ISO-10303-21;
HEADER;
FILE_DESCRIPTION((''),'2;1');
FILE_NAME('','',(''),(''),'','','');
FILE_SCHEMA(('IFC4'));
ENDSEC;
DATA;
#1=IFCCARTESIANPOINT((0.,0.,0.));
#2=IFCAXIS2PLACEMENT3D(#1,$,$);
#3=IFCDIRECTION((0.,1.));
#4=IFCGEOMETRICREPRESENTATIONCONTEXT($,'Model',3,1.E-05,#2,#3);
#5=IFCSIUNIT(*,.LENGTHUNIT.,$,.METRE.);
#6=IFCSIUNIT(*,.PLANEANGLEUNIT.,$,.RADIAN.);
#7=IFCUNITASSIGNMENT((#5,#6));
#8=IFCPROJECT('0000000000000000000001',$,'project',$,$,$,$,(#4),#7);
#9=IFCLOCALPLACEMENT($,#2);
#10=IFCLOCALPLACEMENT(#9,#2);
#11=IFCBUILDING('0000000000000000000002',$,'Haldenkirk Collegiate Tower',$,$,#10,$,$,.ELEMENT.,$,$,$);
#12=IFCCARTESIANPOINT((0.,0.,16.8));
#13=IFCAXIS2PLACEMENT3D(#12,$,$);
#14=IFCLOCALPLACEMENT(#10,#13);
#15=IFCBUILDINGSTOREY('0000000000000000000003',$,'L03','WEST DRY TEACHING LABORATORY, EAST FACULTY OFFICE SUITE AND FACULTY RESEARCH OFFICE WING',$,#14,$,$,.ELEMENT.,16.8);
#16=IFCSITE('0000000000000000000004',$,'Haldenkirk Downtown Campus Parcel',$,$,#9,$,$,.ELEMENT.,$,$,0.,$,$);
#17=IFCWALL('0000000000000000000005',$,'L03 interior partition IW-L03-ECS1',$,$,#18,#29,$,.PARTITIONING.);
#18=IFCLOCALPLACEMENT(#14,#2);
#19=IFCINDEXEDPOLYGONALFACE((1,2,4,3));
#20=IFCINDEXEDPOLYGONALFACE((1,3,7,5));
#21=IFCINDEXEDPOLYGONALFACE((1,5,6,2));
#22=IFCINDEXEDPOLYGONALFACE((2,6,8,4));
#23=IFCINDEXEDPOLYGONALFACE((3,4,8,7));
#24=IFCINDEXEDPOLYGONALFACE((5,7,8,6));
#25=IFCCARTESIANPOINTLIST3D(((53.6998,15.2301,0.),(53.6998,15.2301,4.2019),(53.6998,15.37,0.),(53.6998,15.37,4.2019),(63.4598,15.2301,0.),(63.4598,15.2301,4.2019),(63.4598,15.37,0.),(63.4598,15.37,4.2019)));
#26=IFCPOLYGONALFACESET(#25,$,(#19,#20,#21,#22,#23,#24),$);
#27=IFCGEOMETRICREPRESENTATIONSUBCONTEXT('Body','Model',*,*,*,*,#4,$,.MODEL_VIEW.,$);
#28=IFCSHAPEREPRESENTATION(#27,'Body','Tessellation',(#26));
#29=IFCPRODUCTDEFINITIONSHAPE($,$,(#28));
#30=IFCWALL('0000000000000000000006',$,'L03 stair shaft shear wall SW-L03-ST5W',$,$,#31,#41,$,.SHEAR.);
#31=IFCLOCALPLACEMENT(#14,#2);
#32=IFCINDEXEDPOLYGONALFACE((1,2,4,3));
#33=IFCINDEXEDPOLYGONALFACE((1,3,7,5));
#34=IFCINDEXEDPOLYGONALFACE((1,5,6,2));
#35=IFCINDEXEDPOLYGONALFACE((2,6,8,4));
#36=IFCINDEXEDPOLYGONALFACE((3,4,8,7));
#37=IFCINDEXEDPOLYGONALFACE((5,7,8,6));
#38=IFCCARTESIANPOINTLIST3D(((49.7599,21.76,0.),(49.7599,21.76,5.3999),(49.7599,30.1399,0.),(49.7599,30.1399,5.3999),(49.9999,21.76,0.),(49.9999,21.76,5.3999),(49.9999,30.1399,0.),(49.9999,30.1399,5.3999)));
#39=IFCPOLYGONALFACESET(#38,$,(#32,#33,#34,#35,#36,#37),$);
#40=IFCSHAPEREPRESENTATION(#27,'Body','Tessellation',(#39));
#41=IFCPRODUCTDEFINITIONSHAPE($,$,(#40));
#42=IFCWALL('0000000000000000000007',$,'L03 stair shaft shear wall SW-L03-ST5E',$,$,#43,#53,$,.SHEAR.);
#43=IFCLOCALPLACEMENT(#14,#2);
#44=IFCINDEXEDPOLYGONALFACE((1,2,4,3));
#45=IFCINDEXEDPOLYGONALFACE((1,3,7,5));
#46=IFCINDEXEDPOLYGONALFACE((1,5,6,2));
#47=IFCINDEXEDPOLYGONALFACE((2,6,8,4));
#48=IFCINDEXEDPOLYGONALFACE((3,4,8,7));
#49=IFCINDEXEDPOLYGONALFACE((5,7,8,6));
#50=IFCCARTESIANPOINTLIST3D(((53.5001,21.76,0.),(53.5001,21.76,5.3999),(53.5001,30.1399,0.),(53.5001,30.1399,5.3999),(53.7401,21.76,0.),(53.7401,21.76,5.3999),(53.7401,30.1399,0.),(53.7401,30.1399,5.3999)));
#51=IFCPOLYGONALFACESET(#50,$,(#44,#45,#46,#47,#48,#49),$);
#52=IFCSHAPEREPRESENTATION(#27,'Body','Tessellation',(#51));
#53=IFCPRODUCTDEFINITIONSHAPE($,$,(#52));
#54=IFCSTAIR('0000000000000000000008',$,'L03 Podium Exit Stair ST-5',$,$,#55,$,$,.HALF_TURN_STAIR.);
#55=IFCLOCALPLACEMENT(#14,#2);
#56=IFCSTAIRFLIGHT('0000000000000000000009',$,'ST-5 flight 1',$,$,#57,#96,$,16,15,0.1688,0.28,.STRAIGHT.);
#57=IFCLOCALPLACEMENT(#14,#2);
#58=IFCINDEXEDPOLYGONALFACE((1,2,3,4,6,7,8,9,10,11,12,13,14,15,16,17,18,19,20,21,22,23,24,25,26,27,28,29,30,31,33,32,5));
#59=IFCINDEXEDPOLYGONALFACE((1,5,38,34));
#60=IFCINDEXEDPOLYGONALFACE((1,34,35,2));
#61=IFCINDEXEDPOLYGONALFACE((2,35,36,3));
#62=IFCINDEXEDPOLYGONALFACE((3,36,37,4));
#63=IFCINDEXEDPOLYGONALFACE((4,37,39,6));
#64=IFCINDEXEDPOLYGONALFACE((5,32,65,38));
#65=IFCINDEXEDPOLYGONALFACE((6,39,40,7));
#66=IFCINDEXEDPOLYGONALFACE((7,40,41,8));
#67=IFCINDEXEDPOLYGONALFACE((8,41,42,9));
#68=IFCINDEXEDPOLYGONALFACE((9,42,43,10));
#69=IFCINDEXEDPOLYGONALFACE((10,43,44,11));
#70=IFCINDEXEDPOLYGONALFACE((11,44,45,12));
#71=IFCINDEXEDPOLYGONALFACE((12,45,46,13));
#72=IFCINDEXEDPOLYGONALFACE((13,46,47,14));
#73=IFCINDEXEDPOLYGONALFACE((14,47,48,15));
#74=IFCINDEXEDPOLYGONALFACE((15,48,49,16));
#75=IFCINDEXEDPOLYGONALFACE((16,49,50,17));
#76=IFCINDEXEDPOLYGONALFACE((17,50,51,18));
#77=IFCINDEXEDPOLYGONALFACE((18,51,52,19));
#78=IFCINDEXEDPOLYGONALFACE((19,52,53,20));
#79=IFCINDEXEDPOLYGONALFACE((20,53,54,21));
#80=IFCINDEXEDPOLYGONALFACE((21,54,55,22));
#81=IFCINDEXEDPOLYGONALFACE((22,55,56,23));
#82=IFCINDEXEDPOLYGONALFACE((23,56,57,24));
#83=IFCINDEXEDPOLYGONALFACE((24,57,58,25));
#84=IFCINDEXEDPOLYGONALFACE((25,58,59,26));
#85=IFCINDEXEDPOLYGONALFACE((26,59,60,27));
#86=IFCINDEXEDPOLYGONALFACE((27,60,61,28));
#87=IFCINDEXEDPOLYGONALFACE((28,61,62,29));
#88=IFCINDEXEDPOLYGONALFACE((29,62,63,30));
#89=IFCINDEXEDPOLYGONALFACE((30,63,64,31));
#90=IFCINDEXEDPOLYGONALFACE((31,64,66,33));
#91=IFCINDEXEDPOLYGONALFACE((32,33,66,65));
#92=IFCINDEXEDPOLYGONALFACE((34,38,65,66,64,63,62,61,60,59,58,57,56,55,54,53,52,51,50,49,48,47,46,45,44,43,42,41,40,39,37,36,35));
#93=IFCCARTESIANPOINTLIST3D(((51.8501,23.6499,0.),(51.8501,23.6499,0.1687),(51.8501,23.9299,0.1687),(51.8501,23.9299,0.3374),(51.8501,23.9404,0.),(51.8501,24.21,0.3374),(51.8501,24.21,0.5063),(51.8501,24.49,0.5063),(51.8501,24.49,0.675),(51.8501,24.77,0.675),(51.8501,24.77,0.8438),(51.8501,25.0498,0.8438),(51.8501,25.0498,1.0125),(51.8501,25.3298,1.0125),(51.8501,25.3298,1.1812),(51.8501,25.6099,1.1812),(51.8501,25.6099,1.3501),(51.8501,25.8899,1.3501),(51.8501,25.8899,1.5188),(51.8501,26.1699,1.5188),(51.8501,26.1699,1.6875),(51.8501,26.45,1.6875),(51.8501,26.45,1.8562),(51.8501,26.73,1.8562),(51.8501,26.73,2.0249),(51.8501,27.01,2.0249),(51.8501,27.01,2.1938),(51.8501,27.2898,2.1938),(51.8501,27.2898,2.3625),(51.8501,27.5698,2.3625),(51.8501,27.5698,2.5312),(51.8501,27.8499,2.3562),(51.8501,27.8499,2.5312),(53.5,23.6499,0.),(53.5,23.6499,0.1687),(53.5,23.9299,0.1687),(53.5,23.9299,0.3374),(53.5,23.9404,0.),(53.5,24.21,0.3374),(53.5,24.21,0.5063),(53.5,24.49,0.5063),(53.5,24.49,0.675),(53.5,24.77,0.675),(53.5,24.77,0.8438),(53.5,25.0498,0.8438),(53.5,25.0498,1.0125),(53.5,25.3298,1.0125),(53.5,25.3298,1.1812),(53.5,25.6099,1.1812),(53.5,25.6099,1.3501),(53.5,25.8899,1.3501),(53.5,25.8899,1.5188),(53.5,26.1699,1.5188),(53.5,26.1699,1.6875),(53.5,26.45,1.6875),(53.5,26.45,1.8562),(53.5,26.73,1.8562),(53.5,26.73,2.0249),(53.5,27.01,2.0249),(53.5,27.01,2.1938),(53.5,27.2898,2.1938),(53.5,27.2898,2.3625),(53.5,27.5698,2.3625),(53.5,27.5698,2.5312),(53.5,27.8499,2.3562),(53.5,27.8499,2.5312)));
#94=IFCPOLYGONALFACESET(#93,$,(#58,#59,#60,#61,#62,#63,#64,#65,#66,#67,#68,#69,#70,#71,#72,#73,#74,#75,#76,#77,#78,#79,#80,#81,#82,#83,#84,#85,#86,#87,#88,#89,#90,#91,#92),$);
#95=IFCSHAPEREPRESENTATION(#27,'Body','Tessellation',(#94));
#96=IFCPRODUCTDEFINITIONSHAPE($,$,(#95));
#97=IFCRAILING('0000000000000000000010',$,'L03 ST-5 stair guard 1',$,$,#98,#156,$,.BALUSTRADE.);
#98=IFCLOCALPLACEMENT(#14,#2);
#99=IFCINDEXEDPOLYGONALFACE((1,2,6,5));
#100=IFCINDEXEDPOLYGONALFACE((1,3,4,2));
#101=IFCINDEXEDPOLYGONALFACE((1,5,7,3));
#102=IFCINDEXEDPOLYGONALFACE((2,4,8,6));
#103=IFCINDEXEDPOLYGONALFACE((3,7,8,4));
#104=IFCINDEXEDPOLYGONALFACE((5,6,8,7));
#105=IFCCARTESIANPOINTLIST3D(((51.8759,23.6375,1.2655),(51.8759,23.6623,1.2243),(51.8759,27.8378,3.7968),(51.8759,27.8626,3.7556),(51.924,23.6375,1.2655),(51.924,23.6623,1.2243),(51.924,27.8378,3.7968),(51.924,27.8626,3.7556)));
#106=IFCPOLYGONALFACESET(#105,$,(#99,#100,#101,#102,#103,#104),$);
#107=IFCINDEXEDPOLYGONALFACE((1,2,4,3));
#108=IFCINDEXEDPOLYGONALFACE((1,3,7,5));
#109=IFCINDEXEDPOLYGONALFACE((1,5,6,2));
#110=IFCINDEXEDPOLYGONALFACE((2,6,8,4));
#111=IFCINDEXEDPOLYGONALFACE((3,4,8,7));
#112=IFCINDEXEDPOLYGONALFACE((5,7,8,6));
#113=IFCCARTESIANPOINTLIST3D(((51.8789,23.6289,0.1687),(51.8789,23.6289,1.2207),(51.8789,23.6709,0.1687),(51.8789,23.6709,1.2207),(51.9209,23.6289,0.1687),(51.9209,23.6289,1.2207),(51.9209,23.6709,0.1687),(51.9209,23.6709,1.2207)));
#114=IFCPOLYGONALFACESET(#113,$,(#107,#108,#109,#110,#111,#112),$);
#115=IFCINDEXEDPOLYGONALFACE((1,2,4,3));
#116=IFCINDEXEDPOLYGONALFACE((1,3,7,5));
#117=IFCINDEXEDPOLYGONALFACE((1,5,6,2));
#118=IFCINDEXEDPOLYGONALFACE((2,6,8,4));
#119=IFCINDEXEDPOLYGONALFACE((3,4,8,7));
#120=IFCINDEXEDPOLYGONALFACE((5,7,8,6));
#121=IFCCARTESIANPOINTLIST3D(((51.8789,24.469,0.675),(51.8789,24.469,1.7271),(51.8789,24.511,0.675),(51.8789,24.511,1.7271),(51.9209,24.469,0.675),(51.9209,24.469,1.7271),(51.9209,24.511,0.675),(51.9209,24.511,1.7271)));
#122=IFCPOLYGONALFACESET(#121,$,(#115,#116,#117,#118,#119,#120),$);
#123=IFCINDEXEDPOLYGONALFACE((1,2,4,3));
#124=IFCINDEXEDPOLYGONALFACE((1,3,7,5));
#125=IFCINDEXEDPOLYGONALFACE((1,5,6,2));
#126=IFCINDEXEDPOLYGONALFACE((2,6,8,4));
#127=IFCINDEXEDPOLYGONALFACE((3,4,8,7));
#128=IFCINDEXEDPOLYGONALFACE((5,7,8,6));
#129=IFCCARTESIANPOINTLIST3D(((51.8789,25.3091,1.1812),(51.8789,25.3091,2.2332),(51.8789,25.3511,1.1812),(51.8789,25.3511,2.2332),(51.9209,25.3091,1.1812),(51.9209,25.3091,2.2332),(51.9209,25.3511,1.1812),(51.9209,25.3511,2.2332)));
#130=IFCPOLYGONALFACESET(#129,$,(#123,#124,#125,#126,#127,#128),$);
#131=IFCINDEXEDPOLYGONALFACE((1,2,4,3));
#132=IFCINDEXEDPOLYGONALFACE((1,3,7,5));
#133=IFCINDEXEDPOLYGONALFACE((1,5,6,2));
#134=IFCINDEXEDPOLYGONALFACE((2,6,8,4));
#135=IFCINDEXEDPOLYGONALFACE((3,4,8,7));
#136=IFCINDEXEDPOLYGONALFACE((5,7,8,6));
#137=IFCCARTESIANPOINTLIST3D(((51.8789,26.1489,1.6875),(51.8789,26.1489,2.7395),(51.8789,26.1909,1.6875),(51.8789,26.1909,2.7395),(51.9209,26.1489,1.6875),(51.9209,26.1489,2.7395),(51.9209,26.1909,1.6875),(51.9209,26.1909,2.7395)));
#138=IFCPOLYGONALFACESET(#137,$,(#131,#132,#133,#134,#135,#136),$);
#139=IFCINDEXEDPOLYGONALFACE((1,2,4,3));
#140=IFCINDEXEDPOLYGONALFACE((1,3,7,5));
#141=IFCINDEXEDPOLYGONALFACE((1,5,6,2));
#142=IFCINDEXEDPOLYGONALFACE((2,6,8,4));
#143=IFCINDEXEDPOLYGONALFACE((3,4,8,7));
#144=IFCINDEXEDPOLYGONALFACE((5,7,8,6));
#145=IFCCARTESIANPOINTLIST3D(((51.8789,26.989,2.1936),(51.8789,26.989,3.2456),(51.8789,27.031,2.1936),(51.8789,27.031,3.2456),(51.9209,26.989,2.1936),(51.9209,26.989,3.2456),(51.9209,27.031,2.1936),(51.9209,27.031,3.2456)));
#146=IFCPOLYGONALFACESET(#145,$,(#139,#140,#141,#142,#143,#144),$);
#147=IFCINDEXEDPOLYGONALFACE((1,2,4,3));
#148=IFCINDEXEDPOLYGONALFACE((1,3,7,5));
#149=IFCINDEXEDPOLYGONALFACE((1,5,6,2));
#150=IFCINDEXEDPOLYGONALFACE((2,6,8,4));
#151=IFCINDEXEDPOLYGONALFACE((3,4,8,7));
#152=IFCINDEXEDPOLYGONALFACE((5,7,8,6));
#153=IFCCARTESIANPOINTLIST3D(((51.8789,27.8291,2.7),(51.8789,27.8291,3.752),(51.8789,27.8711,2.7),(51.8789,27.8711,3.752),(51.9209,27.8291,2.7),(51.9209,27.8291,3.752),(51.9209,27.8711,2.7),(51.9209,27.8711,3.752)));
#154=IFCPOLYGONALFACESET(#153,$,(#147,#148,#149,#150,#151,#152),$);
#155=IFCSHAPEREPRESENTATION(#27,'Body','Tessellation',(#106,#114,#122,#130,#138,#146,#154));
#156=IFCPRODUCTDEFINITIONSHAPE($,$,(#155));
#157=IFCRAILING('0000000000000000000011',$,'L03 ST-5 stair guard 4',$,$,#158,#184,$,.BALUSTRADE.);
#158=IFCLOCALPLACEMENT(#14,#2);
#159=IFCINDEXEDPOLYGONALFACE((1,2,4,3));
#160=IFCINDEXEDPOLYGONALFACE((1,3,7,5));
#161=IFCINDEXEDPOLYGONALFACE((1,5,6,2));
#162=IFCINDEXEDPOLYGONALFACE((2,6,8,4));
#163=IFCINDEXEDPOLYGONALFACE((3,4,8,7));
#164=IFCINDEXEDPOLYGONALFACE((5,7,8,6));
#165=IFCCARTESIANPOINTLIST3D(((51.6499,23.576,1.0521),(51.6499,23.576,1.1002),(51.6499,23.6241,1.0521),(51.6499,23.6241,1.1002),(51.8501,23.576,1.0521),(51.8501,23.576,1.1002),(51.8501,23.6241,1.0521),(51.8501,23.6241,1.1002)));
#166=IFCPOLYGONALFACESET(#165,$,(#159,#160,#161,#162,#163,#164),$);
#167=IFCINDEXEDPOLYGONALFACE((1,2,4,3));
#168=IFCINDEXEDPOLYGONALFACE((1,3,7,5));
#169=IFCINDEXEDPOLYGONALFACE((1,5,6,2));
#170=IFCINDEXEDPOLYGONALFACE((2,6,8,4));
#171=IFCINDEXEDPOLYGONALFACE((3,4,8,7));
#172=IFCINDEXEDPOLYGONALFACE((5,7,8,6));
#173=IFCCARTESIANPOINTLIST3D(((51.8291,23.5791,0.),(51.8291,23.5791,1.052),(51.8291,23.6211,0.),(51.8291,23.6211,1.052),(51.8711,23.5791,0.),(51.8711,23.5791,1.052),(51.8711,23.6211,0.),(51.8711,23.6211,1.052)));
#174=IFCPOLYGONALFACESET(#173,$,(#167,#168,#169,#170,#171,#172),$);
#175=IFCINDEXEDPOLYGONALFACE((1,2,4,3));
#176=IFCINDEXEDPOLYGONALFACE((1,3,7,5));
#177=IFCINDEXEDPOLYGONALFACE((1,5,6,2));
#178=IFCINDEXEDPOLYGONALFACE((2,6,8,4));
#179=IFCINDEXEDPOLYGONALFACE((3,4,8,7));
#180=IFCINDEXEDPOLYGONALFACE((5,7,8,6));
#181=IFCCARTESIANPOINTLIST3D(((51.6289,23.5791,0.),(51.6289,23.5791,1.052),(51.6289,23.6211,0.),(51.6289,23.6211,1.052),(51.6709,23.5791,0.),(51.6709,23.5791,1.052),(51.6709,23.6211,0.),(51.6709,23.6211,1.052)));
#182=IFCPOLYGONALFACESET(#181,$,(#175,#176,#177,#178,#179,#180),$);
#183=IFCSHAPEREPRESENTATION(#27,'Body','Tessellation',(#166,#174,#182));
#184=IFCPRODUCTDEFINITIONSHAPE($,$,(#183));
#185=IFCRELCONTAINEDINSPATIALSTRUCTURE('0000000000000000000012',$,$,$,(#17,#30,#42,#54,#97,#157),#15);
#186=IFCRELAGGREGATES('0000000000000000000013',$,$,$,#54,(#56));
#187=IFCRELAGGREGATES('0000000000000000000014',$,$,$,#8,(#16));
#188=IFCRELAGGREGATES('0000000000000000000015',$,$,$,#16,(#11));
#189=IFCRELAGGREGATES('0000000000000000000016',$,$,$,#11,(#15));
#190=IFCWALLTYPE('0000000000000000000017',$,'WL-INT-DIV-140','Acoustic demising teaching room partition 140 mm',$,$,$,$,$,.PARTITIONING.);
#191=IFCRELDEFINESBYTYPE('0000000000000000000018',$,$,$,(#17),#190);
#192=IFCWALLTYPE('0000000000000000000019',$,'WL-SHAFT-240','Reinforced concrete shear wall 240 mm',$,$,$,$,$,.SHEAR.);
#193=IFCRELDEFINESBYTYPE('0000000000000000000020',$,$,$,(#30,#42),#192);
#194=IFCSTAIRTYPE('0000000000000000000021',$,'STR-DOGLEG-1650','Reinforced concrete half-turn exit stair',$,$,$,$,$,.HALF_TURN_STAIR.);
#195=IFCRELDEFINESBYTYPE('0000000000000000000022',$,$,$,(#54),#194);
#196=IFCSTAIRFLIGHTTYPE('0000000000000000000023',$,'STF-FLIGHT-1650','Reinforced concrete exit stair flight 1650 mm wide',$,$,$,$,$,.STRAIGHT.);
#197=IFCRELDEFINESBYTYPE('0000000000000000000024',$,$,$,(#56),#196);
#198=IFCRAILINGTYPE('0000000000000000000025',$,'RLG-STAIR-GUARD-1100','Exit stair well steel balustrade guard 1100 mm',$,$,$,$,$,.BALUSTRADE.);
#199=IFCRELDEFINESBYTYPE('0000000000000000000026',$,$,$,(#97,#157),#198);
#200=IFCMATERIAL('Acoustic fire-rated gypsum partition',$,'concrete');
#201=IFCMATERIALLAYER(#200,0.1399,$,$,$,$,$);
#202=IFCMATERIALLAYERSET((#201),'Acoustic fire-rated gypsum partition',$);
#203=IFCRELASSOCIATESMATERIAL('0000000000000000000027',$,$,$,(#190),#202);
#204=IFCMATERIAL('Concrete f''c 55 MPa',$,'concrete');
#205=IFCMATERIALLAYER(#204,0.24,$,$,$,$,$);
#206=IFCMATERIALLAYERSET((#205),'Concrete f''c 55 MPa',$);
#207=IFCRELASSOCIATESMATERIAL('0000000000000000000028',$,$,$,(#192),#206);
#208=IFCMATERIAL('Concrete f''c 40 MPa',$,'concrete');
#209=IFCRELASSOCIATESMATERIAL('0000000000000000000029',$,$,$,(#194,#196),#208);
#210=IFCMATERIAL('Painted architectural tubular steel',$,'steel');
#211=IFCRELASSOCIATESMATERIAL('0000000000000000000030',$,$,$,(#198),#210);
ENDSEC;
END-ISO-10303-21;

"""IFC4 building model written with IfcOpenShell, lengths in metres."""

from ifc_helpers import new_model, si_unit, direction, frame, frame_2d, origin, origin_2d, place, context, subcontext, project, spatial, polyline, rectangle, outline, extrude, material, layer, layer_set, type_object, element, aggregate, save


model = new_model("IFC4")

# Units and contexts
model_context = context("Model", 3, precision=1e-05, world=origin(), true_north=direction((0.0, 1.0)))
body_context = subcontext(model_context, "Body", "Model", "MODEL_VIEW")
ifc_project = project(units=[si_unit("LENGTHUNIT", "METRE"), si_unit("PLANEANGLEUNIT", "RADIAN")], contexts=[model_context])

# Site, building, storey
site_placement = place(None, origin())
site = spatial("IfcSite", under=ifc_project, at=site_placement, Name="Haldenkirk Downtown Campus Parcel", CompositionType="ELEMENT", RefElevation=0.0)
building_placement = place(site_placement, origin())
building = spatial("IfcBuilding", under=site, at=building_placement, Name="Haldenkirk Collegiate Tower", CompositionType="ELEMENT")
storey_placement = place(building_placement, frame((0.0, 0.0, 16.8)))
storey = spatial("IfcBuildingStorey", under=building, at=storey_placement, Name="L03", Description="WEST DRY TEACHING LABORATORY, EAST FACULTY OFFICE SUITE AND FACULTY RESEARCH OFFICE WING", CompositionType="ELEMENT", Elevation=16.8)

# Shared definitions
ifc_material_1 = material(Name="Acoustic fire-rated gypsum partition", Category="concrete")

# Walls
ifc_layer_1 = layer(ifc_material_1, 0.1399)
ifc_layer_set_1 = layer_set([ifc_layer_1], Name="Acoustic fire-rated gypsum partition")
wall_type_1 = type_object("IfcWallType", Name="WL-INT-DIV-140", Description="Acoustic demising teaching room partition 140 mm", PredefinedType="PARTITIONING", material=ifc_layer_set_1)
wall_1_placement = place(storey_placement, frame((53.7, 15.3, 0.0), z_axis=(0.0, 0.0, 1.0), x_axis=(1.0, 0.0, 0.0)))
element("IfcWall", 1, at=wall_1_placement, inside=storey, type_object=wall_type_1, Name="L03 interior partition IW-L03-ECS1", PredefinedType="PARTITIONING", context=body_context, shape_type="SweptSolid", body=[
    extrude(rectangle(XDim=9.76, YDim=0.1399, at=frame_2d((4.8799, 0.0))), origin(), (0.0, 0.0, 1.0), 4.2019),
])
ifc_material_2 = material(Name="Concrete f'c 55 MPa", Category="concrete")
ifc_layer_2 = layer(ifc_material_2, 0.24)
ifc_layer_set_2 = layer_set([ifc_layer_2], Name="Concrete f'c 55 MPa")
wall_type_2 = type_object("IfcWallType", Name="WL-SHAFT-240", Description="Reinforced concrete shear wall 240 mm", PredefinedType="SHEAR", material=ifc_layer_set_2)
for number, where, z_axis, x_axis, name in (
    (2, (49.8799, 21.76, 0.0), (0.0, 0.0, 1.0), (0.0, 1.0, 0.0), "L03 stair shaft shear wall SW-L03-ST5W"),
    (3, (53.6201, 21.76, 0.0), (0.0, 0.0, 1.0), (0.0, 1.0, 0.0), "L03 stair shaft shear wall SW-L03-ST5E"),
):
    element("IfcWall", number, at=place(storey_placement, frame(where, z_axis=z_axis, x_axis=x_axis)), inside=storey, type_object=wall_type_2, Name=name, PredefinedType="SHEAR", context=body_context, shape_type="SweptSolid", body=[
        extrude(rectangle(XDim=8.3799, YDim=0.24, at=frame_2d((4.1899, 0.0))), origin(), (0.0, 0.0, 1.0), 5.3999),
    ])

# Stair, stair flight
ifc_material_3 = material(Name="Concrete f'c 40 MPa", Category="concrete")
stair_type = type_object("IfcStairType", Name="STR-DOGLEG-1650", Description="Reinforced concrete half-turn exit stair", PredefinedType="HALF_TURN_STAIR", material=ifc_material_3)
stair_placement = place(storey_placement, origin())
stair = element("IfcStair", 4, at=stair_placement, inside=storey, type_object=stair_type, Name="L03 Podium Exit Stair ST-5", PredefinedType="HALF_TURN_STAIR")
stair_flight_type = type_object("IfcStairFlightType", Name="STF-FLIGHT-1650", Description="Reinforced concrete exit stair flight 1650 mm wide", PredefinedType="STRAIGHT", material=ifc_material_3)
stair_flight_placement = place(storey_placement, frame((52.675, 23.6499, 0.0), z_axis=(0.0, 0.0, 1.0), x_axis=(0.0, 1.0, 0.0)))
stair_flight = element("IfcStairFlight", 5, at=stair_flight_placement, type_object=stair_flight_type, Name="ST-5 flight 1", NumberOfRisers=16, NumberOfTreads=15, PredefinedType="STRAIGHT", RiserHeight=0.1688, TreadLength=0.28, context=body_context, shape_type="SweptSolid", body=[
    extrude(outline(polyline([(0.0, 0.0), (0.0, 0.1687), (0.28, 0.1687), (0.28, 0.3374), (0.5601, 0.3374), (0.5601, 0.5063), (0.8401, 0.5063), (0.8401, 0.675), (1.1201, 0.675), (1.1201, 0.8438), (1.3999, 0.8438), (1.3999, 1.0125), (1.6799, 1.0125), (1.6799, 1.1812), (1.96, 1.1812), (1.96, 1.3501), (2.24, 1.3501), (2.24, 1.5188), (2.52, 1.5188), (2.52, 1.6875), (2.8, 1.6875), (2.8, 1.8562), (3.0801, 1.8562), (3.0801, 2.0249), (3.3601, 2.0249), (3.3601, 2.1938), (3.6399, 2.1938), (3.6399, 2.3625), (3.9199, 2.3625), (3.9199, 2.5312), (4.2, 2.5312), (4.2, 2.7), (4.2, 2.3562), (0.2905, 0.0), (0.0, 0.0)])), frame((0.0, 0.825, 0.0), z_axis=(0.0, -1.0, 0.0), x_axis=(1.0, 0.0, 0.0)), (0.0, 0.0, 1.0), 1.6499),
])
aggregate(stair, [stair_flight])

# Railings
ifc_material_4 = material(Name="Painted architectural tubular steel", Category="steel")
railing_type_1 = type_object("IfcRailingType", Name="RLG-STAIR-GUARD-1100", Description="Exit stair well steel balustrade guard 1100 mm", PredefinedType="BALUSTRADE", material=ifc_material_4)
railing_1_placement = place(storey_placement, frame((51.8999, 23.6499, 0.1687)))
element("IfcRailing", 6, at=railing_1_placement, inside=storey, type_object=railing_type_1, Name="L03 ST-5 stair guard 1", PredefinedType="BALUSTRADE", context=body_context, shape_type="SweptSolid", body=[
    extrude(rectangle(XDim=0.0481, YDim=0.0481, at=origin_2d()), frame((0.0, 0.0, 1.0762), z_axis=(0.0, 0.85649, 0.516164), x_axis=(-1.0, 0.0, 0.0)), (0.0, 0.0, 1.0), 4.9041),
    extrude(rectangle(XDim=0.042, YDim=0.042, at=origin_2d()), origin(), (0.0, 0.0, 1.0), 1.052),
    extrude(rectangle(XDim=0.042, YDim=0.042, at=origin_2d()), frame((0.0, 0.8401, 0.5063)), (0.0, 0.0, 1.0), 1.052),
    extrude(rectangle(XDim=0.042, YDim=0.042, at=origin_2d()), frame((0.0, 1.6802, 1.0125)), (0.0, 0.0, 1.0), 1.052),
    extrude(rectangle(XDim=0.042, YDim=0.042, at=origin_2d()), frame((0.0, 2.52, 1.5188)), (0.0, 0.0, 1.0), 1.052),
    extrude(rectangle(XDim=0.042, YDim=0.042, at=origin_2d()), frame((0.0, 3.3601, 2.0249)), (0.0, 0.0, 1.0), 1.052),
    extrude(rectangle(XDim=0.042, YDim=0.042, at=origin_2d()), frame((0.0, 4.2002, 2.5312)), (0.0, 0.0, 1.0), 1.052),
])
railing_2_placement = place(storey_placement, frame((51.8501, 23.6001, 0.0)))
element("IfcRailing", 7, at=railing_2_placement, inside=storey, type_object=railing_type_1, Name="L03 ST-5 stair guard 4", PredefinedType="BALUSTRADE", context=body_context, shape_type="SweptSolid", body=[
    extrude(rectangle(XDim=0.0481, YDim=0.0481, at=origin_2d()), frame((0.0, 0.0, 1.0762), z_axis=(-1.0, 0.0, 0.0), x_axis=(0.0, -1.0, 0.0)), (0.0, 0.0, 1.0), 0.2002),
    extrude(rectangle(XDim=0.042, YDim=0.042, at=origin_2d()), origin(), (0.0, 0.0, 1.0), 1.052),
    extrude(rectangle(XDim=0.042, YDim=0.042, at=origin_2d()), frame((-0.2002, 0.0, 0.0)), (0.0, 0.0, 1.0), 1.052),
])

save(model, "model.ifc")
